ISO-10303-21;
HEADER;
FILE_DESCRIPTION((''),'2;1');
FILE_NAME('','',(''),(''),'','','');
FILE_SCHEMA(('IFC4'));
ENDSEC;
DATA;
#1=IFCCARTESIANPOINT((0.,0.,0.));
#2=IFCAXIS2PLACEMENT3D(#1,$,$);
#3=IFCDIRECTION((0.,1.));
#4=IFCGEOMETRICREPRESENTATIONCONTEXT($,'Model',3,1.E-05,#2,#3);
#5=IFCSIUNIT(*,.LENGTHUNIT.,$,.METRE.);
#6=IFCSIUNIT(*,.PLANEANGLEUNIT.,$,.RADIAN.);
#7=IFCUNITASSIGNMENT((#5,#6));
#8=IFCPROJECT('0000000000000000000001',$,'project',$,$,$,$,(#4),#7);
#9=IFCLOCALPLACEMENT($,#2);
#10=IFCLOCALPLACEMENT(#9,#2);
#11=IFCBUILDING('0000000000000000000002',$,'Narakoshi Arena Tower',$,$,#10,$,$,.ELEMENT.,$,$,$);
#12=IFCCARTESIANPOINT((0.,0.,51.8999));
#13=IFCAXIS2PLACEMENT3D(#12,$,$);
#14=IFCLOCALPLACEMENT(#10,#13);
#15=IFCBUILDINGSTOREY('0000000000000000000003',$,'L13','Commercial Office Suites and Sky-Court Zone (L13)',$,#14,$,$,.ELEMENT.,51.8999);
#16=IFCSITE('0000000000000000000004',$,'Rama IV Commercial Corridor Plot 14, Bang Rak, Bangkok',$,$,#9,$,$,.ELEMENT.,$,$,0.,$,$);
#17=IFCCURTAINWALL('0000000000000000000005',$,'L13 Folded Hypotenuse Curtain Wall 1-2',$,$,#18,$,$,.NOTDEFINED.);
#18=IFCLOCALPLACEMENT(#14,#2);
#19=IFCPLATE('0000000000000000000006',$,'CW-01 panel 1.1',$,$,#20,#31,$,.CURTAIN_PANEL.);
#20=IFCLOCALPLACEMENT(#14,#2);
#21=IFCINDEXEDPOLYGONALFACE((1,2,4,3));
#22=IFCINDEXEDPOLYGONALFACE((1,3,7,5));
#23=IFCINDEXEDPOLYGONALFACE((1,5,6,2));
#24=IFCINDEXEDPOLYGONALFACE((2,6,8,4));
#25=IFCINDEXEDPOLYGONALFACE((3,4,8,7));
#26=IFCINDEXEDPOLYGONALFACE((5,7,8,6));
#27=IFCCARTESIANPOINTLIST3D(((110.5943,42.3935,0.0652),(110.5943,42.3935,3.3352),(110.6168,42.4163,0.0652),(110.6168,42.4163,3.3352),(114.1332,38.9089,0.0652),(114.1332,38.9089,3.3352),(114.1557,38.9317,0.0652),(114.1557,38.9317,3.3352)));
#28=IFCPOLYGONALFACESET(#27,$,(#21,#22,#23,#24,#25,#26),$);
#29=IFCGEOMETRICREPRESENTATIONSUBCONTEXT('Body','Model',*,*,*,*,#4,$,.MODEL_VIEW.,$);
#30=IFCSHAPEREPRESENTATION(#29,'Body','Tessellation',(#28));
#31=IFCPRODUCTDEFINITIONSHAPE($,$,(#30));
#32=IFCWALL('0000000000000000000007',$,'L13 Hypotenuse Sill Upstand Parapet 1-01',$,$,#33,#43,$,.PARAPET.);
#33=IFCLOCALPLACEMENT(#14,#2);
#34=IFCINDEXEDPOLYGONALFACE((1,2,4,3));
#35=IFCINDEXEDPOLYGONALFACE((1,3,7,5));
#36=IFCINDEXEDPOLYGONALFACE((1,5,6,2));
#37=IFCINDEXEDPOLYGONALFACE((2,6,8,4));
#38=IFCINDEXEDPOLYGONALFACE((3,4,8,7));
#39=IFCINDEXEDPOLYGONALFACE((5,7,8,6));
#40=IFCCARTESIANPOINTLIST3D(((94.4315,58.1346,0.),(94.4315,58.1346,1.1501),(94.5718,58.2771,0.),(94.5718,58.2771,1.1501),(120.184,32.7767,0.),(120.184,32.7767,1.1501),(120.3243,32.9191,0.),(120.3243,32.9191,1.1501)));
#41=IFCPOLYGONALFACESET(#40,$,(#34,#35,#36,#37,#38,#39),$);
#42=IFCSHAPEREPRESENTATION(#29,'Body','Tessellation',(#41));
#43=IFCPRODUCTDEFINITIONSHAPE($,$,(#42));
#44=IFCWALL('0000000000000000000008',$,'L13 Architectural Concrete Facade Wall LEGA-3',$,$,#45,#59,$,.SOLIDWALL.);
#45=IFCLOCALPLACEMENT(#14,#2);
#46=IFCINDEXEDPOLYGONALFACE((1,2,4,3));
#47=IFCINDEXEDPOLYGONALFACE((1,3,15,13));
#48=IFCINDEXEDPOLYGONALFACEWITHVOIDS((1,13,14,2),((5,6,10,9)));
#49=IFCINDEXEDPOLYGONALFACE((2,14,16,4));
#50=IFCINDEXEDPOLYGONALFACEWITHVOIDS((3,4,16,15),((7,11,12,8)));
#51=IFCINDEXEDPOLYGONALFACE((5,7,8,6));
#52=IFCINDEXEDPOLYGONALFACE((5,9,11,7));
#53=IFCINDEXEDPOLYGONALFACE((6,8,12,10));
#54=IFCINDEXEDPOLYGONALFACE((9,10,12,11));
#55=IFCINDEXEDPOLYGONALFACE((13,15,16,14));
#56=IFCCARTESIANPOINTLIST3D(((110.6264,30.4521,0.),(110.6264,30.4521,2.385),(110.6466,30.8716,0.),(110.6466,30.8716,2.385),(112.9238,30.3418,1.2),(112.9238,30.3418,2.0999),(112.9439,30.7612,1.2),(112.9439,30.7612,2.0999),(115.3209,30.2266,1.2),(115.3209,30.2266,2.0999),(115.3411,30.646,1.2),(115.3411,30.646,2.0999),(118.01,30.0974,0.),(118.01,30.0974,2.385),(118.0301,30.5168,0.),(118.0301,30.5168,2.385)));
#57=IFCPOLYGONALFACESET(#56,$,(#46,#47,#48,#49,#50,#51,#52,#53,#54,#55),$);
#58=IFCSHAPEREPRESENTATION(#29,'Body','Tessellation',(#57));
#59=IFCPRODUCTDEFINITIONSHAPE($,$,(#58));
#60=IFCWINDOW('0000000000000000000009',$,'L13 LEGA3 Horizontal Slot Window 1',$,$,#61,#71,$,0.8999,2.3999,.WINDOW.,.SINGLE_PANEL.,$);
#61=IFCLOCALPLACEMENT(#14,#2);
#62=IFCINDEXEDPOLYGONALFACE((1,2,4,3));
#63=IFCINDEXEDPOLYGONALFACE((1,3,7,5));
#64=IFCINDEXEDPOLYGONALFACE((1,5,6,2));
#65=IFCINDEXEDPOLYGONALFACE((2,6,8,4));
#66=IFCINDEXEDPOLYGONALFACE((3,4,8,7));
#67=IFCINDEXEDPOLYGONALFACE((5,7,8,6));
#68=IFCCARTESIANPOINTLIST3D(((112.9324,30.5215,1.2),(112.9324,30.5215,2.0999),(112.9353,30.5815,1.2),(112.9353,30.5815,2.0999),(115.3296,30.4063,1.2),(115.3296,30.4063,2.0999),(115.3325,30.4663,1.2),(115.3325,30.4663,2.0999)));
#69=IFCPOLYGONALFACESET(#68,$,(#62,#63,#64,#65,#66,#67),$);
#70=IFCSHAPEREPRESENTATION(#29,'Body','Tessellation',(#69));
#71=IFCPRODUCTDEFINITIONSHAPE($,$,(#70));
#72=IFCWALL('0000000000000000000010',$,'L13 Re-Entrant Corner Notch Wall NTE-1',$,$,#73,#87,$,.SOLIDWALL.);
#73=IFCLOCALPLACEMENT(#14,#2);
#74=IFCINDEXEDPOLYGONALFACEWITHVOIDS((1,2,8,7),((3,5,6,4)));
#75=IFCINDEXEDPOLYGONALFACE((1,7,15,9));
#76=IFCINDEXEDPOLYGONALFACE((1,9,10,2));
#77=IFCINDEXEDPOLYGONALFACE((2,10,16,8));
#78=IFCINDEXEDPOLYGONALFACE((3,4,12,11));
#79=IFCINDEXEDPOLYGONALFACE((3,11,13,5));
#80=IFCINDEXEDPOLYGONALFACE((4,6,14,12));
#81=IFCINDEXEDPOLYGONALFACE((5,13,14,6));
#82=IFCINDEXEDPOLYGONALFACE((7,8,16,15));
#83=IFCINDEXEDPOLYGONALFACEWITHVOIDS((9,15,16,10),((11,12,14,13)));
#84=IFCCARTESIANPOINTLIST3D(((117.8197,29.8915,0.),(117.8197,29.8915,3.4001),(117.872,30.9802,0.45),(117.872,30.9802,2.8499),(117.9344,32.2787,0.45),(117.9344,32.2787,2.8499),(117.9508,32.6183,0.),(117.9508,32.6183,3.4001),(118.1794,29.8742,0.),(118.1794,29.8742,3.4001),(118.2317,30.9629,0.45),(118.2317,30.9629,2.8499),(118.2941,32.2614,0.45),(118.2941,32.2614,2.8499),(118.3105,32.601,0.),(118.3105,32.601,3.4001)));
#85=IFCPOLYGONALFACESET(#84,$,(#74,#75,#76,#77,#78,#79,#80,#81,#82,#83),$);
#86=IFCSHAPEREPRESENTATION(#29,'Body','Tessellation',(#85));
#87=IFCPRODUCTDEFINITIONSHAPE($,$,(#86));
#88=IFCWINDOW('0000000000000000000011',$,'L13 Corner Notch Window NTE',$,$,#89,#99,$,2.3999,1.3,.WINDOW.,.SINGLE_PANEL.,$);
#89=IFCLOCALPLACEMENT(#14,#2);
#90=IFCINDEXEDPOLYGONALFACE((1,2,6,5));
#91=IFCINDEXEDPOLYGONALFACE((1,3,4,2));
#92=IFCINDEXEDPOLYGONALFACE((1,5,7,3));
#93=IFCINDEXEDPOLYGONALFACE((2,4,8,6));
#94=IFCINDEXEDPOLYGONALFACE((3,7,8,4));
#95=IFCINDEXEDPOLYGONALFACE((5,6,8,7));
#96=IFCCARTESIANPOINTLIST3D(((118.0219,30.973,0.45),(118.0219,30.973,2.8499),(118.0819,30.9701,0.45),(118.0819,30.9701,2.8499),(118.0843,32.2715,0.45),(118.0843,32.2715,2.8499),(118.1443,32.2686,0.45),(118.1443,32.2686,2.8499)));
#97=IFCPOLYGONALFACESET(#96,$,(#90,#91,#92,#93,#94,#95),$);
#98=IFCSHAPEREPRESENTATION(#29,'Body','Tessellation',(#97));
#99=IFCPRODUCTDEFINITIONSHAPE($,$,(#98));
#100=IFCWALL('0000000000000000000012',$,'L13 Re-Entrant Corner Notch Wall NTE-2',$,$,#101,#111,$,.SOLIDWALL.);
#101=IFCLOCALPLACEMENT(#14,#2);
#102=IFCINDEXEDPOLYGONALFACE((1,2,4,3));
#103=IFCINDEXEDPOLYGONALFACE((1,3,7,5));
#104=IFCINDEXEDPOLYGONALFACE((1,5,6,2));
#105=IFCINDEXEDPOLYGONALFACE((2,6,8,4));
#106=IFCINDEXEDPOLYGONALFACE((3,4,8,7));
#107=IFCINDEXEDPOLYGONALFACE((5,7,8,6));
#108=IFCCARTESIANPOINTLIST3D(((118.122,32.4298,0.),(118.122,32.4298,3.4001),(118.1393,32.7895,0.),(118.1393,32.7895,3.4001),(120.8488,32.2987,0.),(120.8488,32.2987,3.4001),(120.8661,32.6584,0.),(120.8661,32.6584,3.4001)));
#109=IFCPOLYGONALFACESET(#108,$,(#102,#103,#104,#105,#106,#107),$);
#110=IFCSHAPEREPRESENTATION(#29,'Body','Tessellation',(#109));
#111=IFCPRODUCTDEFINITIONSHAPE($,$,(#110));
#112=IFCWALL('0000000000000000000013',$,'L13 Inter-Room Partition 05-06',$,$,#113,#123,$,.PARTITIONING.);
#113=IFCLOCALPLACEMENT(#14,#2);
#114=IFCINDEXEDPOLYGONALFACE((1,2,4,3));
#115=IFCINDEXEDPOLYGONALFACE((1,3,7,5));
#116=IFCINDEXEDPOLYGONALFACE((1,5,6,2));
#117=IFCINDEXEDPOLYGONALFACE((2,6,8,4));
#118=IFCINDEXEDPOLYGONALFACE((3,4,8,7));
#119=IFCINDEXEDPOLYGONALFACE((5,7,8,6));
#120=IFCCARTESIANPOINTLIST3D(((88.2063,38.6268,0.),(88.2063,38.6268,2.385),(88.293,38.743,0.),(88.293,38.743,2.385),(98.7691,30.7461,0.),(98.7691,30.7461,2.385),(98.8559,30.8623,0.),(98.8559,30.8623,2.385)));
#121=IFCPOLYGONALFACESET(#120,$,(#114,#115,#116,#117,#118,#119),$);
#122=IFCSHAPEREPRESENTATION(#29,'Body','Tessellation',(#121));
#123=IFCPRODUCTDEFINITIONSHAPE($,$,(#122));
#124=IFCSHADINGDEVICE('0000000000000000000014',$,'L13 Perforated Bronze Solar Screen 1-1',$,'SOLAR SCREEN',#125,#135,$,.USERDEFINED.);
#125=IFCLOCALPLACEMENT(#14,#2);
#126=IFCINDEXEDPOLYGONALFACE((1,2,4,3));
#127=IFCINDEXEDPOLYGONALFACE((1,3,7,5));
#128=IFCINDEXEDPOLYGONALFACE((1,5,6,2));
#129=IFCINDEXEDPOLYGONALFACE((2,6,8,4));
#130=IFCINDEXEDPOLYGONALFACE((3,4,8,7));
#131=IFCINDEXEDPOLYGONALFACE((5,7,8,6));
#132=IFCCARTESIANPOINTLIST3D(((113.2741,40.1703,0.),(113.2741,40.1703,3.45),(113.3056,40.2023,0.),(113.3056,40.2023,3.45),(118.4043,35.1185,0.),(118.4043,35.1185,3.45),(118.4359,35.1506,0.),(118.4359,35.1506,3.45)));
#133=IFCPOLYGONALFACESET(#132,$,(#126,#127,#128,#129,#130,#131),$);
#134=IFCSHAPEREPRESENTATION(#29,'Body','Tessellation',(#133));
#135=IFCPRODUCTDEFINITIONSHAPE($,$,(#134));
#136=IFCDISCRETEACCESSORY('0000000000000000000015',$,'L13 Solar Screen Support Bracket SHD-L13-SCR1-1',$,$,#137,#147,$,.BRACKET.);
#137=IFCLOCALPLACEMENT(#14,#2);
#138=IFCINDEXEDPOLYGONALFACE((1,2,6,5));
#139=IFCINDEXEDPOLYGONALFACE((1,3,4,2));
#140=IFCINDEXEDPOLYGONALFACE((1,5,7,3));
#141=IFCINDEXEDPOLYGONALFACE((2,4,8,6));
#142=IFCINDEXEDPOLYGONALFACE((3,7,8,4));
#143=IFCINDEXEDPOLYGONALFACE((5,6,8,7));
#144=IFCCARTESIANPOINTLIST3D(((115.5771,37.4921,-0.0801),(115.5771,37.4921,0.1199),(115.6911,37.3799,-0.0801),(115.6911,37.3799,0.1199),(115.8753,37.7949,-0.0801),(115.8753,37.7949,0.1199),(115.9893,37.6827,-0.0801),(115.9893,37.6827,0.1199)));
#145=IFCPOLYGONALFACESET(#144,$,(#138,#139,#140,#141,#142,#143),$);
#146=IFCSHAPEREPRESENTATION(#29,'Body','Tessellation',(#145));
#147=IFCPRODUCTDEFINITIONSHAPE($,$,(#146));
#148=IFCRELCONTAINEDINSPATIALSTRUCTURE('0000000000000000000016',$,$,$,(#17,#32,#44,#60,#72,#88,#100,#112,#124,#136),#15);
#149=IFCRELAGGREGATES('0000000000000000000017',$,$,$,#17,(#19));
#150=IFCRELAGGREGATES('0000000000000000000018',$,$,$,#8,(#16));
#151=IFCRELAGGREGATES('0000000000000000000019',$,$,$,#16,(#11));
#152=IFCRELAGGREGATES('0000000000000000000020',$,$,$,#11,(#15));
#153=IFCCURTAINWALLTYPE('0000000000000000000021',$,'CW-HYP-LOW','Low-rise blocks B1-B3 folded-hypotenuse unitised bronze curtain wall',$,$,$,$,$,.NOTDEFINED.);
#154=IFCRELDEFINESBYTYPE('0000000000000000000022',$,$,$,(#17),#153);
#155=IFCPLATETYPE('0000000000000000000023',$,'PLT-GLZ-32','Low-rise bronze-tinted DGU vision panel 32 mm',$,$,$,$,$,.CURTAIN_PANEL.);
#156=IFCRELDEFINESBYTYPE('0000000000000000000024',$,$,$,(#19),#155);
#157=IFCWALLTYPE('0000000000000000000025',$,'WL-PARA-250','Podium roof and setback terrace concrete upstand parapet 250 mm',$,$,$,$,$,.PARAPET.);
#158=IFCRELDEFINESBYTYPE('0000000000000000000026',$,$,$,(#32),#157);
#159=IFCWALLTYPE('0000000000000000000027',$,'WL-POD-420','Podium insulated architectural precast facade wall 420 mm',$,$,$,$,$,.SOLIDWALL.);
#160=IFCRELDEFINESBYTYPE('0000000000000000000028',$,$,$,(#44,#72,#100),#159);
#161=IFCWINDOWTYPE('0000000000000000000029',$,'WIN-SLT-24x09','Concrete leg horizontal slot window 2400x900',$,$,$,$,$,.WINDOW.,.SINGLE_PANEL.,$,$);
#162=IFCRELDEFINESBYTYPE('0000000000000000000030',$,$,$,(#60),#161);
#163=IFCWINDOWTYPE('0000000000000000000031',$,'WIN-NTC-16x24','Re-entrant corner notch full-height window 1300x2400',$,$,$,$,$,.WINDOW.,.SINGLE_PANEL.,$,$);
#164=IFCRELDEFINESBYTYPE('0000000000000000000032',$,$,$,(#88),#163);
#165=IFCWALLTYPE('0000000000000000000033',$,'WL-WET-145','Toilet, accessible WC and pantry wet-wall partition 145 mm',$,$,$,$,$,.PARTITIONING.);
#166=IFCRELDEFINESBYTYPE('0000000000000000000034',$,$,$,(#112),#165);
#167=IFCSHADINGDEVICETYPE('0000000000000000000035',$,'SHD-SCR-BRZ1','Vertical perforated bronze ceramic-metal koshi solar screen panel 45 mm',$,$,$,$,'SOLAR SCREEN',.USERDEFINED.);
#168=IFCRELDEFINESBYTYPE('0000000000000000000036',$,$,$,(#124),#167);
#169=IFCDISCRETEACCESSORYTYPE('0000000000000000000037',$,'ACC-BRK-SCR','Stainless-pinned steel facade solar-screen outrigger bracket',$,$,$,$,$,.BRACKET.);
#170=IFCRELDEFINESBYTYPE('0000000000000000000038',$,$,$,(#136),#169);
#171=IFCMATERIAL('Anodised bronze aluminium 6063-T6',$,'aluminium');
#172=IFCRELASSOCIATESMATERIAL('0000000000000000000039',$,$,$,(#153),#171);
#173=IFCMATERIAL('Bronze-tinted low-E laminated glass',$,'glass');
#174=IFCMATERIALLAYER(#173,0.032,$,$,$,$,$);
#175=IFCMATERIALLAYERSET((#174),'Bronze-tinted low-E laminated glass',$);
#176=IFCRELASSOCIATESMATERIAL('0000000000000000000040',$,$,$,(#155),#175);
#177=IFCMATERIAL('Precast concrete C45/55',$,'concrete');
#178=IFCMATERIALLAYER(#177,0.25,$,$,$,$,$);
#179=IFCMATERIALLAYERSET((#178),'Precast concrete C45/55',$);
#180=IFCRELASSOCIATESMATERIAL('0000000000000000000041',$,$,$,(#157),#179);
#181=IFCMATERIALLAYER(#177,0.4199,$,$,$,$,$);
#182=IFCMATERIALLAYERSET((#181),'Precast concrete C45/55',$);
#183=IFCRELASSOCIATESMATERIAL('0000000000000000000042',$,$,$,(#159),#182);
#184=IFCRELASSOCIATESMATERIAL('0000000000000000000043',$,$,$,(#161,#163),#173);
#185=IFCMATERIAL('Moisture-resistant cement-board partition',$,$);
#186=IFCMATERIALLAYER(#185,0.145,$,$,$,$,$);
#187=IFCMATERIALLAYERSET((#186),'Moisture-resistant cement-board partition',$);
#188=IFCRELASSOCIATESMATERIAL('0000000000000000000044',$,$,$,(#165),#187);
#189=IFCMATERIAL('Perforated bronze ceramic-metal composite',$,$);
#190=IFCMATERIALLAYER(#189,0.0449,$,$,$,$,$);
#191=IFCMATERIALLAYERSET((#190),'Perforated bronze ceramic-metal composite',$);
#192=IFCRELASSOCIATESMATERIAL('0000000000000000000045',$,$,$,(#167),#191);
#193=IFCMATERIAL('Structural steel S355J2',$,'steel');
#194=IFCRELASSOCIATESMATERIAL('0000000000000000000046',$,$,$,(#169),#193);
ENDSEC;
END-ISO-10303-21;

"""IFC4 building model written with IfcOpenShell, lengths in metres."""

from ifc_helpers import new_model, si_unit, direction, frame, frame_2d, origin, origin_2d, place, context, subcontext, project, spatial, rectangle, extrude, material, layer, layer_set, type_object, element, fill, aggregate, save


model = new_model("IFC4")

# Units and contexts
model_context = context("Model", 3, precision=1e-05, world=origin(), true_north=direction((0.0, 1.0)))
body_context = subcontext(model_context, "Body", "Model", "MODEL_VIEW")
ifc_project = project(units=[si_unit("LENGTHUNIT", "METRE"), si_unit("PLANEANGLEUNIT", "RADIAN")], contexts=[model_context])

# Site, building, storey
site_placement = place(None, origin())
site = spatial("IfcSite", under=ifc_project, at=site_placement, Name="Rama IV Commercial Corridor Plot 14, Bang Rak, Bangkok", CompositionType="ELEMENT", RefElevation=0.0)
building_placement = place(site_placement, origin())
building = spatial("IfcBuilding", under=site, at=building_placement, Name="Narakoshi Arena Tower", CompositionType="ELEMENT")
storey_placement = place(building_placement, frame((0.0, 0.0, 51.8999)))
storey = spatial("IfcBuildingStorey", under=building, at=storey_placement, Name="L13", Description="Commercial Office Suites and Sky-Court Zone (L13)", CompositionType="ELEMENT", Elevation=51.8999)

# Shared definitions
ifc_material_1 = material(Name="Structural steel S355J2", Category="steel")

# Curtain wall
ifc_material_2 = material(Name="Anodised bronze aluminium 6063-T6", Category="aluminium")
curtain_wall_type = type_object("IfcCurtainWallType", Name="CW-HYP-LOW", Description="Low-rise blocks B1-B3 folded-hypotenuse unitised bronze curtain wall", PredefinedType="NOTDEFINED", material=ifc_material_2)
curtain_wall_1_placement = place(storey_placement, origin())
curtain_wall_1 = element("IfcCurtainWall", 1, at=curtain_wall_1_placement, inside=storey, type_object=curtain_wall_type, Name="L13 Folded Hypotenuse Curtain Wall 1-2", PredefinedType="NOTDEFINED")

# Plate
ifc_material_3 = material(Name="Bronze-tinted low-E laminated glass", Category="glass")
ifc_layer_1 = layer(ifc_material_3, 0.032)
ifc_layer_set_1 = layer_set([ifc_layer_1], Name="Bronze-tinted low-E laminated glass")
plate_type = type_object("IfcPlateType", Name="PLT-GLZ-32", Description="Low-rise bronze-tinted DGU vision panel 32 mm", PredefinedType="CURTAIN_PANEL", material=ifc_layer_set_1)
plate_1_placement = place(storey_placement, frame((112.375, 40.6626, 0.0652), z_axis=(0.0, 0.0, 1.0), x_axis=(-0.712548, 0.701623, 0.0)))
plate_1 = element("IfcPlate", 2, at=plate_1_placement, type_object=plate_type, Name="CW-01 panel 1.1", PredefinedType="CURTAIN_PANEL", context=body_context, shape_type="SweptSolid", body=[
    extrude(rectangle(XDim=4.9666, YDim=0.032, at=origin_2d()), origin(), (0.0, 0.0, 1.0), 3.27),
])
aggregate(curtain_wall_1, [plate_1])

# Wall
ifc_material_4 = material(Name="Precast concrete C45/55", Category="concrete")
ifc_layer_2 = layer(ifc_material_4, 0.25)
ifc_layer_set_2 = layer_set([ifc_layer_2], Name="Precast concrete C45/55")
wall_type_1 = type_object("IfcWallType", Name="WL-PARA-250", Description="Podium roof and setback terrace concrete upstand parapet 250 mm", PredefinedType="PARAPET", material=ifc_layer_set_2)
wall_1_placement = place(storey_placement, frame((120.2542, 32.8479, 0.0), z_axis=(0.0, 0.0, 1.0), x_axis=(-0.712544, 0.701628, 0.0)))
element("IfcWall", 3, at=wall_1_placement, inside=storey, type_object=wall_type_1, Name="L13 Hypotenuse Sill Upstand Parapet 1-01", PredefinedType="PARAPET", context=body_context, shape_type="SweptSolid", body=[
    extrude(rectangle(XDim=36.1416, YDim=0.2, at=frame_2d((18.0708, 0.0))), origin(), (0.0, 0.0, 1.0), 1.1501),
])

# Walls, openings, windows
ifc_layer_3 = layer(ifc_material_4, 0.4199)
ifc_layer_set_3 = layer_set([ifc_layer_3], Name="Precast concrete C45/55")
wall_type_2 = type_object("IfcWallType", Name="WL-POD-420", Description="Podium insulated architectural precast facade wall 420 mm", PredefinedType="SOLIDWALL", material=ifc_layer_set_3)
wall_2_placement = place(storey_placement, frame((110.6365, 30.6619, 0.0), z_axis=(0.0, 0.0, 1.0), x_axis=(0.998848, -0.047989, 0.0)))
wall_2 = element("IfcWall", 4, at=wall_2_placement, inside=storey, type_object=wall_type_2, Name="L13 Architectural Concrete Facade Wall LEGA-3", PredefinedType="SOLIDWALL", context=body_context, shape_type="SweptSolid", body=[
    extrude(rectangle(XDim=7.3921, YDim=0.4199, at=frame_2d((3.696, 0.0))), origin(), (0.0, 0.0, 1.0), 2.385),
])
opening_1_placement = place(wall_2_placement, frame((2.3, 0.0, 1.2)))
opening_1 = element("IfcOpeningElement", 5, at=opening_1_placement, cuts=wall_2, PredefinedType="OPENING", context=body_context, shape_type="SweptSolid", body=[
    extrude(rectangle(XDim=2.3999, YDim=0.8999, at=frame_2d((1.2, 0.45))), frame((0.0, 0.22, 0.0), z_axis=(0.0, -1.0, 0.0), x_axis=(1.0, 0.0, 0.0)), (0.0, 0.0, 1.0), 0.4399),
])
window_type_1 = type_object("IfcWindowType", Name="WIN-SLT-24x09", Description="Concrete leg horizontal slot window 2400x900", PartitioningType="SINGLE_PANEL", PredefinedType="WINDOW", material=ifc_material_3)
window_1_placement = place(opening_1_placement, origin())
window_1 = element("IfcWindow", 6, at=window_1_placement, inside=storey, type_object=window_type_1, Name="L13 LEGA3 Horizontal Slot Window 1", OverallHeight=0.8999, OverallWidth=2.3999, PartitioningType="SINGLE_PANEL", PredefinedType="WINDOW", context=body_context, shape_type="SweptSolid", body=[
    extrude(rectangle(XDim=2.3999, YDim=0.8999, at=frame_2d((1.2, 0.45))), frame((0.0, 0.03, 0.0), z_axis=(0.0, -1.0, 0.0), x_axis=(1.0, 0.0, 0.0)), (0.0, 0.0, 1.0), 0.0601),
])
fill(opening_1, window_1)
wall_3_placement = place(storey_placement, frame((117.9995, 29.8828, 0.0), z_axis=(0.0, 0.0, 1.0), x_axis=(0.048024, 0.998846, 0.0)))
wall_3 = element("IfcWall", 7, at=wall_3_placement, inside=storey, type_object=wall_type_2, Name="L13 Re-Entrant Corner Notch Wall NTE-1", PredefinedType="SOLIDWALL", context=body_context, shape_type="SweptSolid", body=[
    extrude(rectangle(XDim=2.73, YDim=0.3601, at=frame_2d((1.365, 0.0))), origin(), (0.0, 0.0, 1.0), 3.4001),
])
opening_2_placement = place(wall_3_placement, frame((1.0901, 0.0, 0.45)))
opening_2 = element("IfcOpeningElement", 8, at=opening_2_placement, cuts=wall_3, PredefinedType="OPENING", context=body_context, shape_type="SweptSolid", body=[
    extrude(rectangle(XDim=1.3, YDim=2.3999, at=frame_2d((0.6499, 1.2))), frame((0.0, 0.1899, 0.0), z_axis=(0.0, -1.0, 0.0), x_axis=(1.0, 0.0, 0.0)), (0.0, 0.0, 1.0), 0.3801),
])
window_type_2 = type_object("IfcWindowType", Name="WIN-NTC-16x24", Description="Re-entrant corner notch full-height window 1300x2400", PartitioningType="SINGLE_PANEL", PredefinedType="WINDOW", material=ifc_material_3)
window_2_placement = place(opening_2_placement, origin())
window_2 = element("IfcWindow", 9, at=window_2_placement, inside=storey, type_object=window_type_2, Name="L13 Corner Notch Window NTE", OverallHeight=2.3999, OverallWidth=1.3, PartitioningType="SINGLE_PANEL", PredefinedType="WINDOW", context=body_context, shape_type="SweptSolid", body=[
    extrude(rectangle(XDim=1.3, YDim=2.3999, at=frame_2d((0.6499, 1.2))), frame((0.0, 0.03, 0.0), z_axis=(0.0, -1.0, 0.0), x_axis=(1.0, 0.0, 0.0)), (0.0, 0.0, 1.0), 0.0601),
])
fill(opening_2, window_2)

# Walls
wall_4_placement = place(storey_placement, frame((118.1306, 32.6096, 0.0), z_axis=(0.0, 0.0, 1.0), x_axis=(0.998846, -0.048024, 0.0)))
element("IfcWall", 10, at=wall_4_placement, inside=storey, type_object=wall_type_2, Name="L13 Re-Entrant Corner Notch Wall NTE-2", PredefinedType="SOLIDWALL", context=body_context, shape_type="SweptSolid", body=[
    extrude(rectangle(XDim=2.73, YDim=0.3601, at=frame_2d((1.365, 0.0))), origin(), (0.0, 0.0, 1.0), 3.4001),
])
ifc_material_5 = material(Name="Moisture-resistant cement-board partition")
ifc_layer_4 = layer(ifc_material_5, 0.145)
ifc_layer_set_4 = layer_set([ifc_layer_4], Name="Moisture-resistant cement-board partition")
wall_type_3 = type_object("IfcWallType", Name="WL-WET-145", Description="Toilet, accessible WC and pantry wet-wall partition 145 mm", PredefinedType="PARTITIONING", material=ifc_layer_set_4)
wall_5_placement = place(storey_placement, frame((98.8125, 30.8042, 0.0), z_axis=(0.0, 0.0, 1.0), x_axis=(-0.801507, 0.597985, 0.0)))
element("IfcWall", 11, at=wall_5_placement, inside=storey, type_object=wall_type_3, Name="L13 Inter-Room Partition 05-06", PredefinedType="PARTITIONING", context=body_context, shape_type="SweptSolid", body=[
    extrude(rectangle(XDim=13.1787, YDim=0.145, at=frame_2d((6.5894, 0.0))), origin(), (0.0, 0.0, 1.0), 2.385),
])

# Shading device
ifc_material_6 = material(Name="Perforated bronze ceramic-metal composite")
ifc_layer_5 = layer(ifc_material_6, 0.0449)
ifc_layer_set_5 = layer_set([ifc_layer_5], Name="Perforated bronze ceramic-metal composite")
shading_device_type = type_object("IfcShadingDeviceType", Name="SHD-SCR-BRZ1", Description="Vertical perforated bronze ceramic-metal koshi solar screen panel 45 mm", ElementType="SOLAR SCREEN", PredefinedType="USERDEFINED", material=ifc_layer_set_5)
shading_device_placement = place(storey_placement, frame((115.855, 37.6604, 0.0), z_axis=(0.0, 0.0, 1.0), x_axis=(-0.712541, 0.701631, 0.0)))
element("IfcShadingDevice", 12, at=shading_device_placement, inside=storey, type_object=shading_device_type, Name="L13 Perforated Bronze Solar Screen 1-1", ObjectType="SOLAR SCREEN", PredefinedType="USERDEFINED", context=body_context, shape_type="SweptSolid", body=[
    extrude(rectangle(XDim=7.2, YDim=0.0449, at=origin_2d()), origin(), (0.0, 0.0, 1.0), 3.45),
])

# Discrete accessory
discrete_accessory_type = type_object("IfcDiscreteAccessoryType", Name="ACC-BRK-SCR", Description="Stainless-pinned steel facade solar-screen outrigger bracket", PredefinedType="BRACKET", material=ifc_material_1)
discrete_accessory_placement = place(storey_placement, frame((115.7832, 37.5874, -0.0801), z_axis=(0.0, 0.0, 1.0), x_axis=(-0.712541, 0.701631, 0.0)))
element("IfcDiscreteAccessory", 13, at=discrete_accessory_placement, inside=storey, type_object=discrete_accessory_type, Name="L13 Solar Screen Support Bracket SHD-L13-SCR1-1", PredefinedType="BRACKET", context=body_context, shape_type="SweptSolid", body=[
    extrude(rectangle(XDim=0.1599, YDim=0.425, at=origin_2d()), origin(), (0.0, 0.0, 1.0), 0.2),
])

save(model, "model.ifc")
